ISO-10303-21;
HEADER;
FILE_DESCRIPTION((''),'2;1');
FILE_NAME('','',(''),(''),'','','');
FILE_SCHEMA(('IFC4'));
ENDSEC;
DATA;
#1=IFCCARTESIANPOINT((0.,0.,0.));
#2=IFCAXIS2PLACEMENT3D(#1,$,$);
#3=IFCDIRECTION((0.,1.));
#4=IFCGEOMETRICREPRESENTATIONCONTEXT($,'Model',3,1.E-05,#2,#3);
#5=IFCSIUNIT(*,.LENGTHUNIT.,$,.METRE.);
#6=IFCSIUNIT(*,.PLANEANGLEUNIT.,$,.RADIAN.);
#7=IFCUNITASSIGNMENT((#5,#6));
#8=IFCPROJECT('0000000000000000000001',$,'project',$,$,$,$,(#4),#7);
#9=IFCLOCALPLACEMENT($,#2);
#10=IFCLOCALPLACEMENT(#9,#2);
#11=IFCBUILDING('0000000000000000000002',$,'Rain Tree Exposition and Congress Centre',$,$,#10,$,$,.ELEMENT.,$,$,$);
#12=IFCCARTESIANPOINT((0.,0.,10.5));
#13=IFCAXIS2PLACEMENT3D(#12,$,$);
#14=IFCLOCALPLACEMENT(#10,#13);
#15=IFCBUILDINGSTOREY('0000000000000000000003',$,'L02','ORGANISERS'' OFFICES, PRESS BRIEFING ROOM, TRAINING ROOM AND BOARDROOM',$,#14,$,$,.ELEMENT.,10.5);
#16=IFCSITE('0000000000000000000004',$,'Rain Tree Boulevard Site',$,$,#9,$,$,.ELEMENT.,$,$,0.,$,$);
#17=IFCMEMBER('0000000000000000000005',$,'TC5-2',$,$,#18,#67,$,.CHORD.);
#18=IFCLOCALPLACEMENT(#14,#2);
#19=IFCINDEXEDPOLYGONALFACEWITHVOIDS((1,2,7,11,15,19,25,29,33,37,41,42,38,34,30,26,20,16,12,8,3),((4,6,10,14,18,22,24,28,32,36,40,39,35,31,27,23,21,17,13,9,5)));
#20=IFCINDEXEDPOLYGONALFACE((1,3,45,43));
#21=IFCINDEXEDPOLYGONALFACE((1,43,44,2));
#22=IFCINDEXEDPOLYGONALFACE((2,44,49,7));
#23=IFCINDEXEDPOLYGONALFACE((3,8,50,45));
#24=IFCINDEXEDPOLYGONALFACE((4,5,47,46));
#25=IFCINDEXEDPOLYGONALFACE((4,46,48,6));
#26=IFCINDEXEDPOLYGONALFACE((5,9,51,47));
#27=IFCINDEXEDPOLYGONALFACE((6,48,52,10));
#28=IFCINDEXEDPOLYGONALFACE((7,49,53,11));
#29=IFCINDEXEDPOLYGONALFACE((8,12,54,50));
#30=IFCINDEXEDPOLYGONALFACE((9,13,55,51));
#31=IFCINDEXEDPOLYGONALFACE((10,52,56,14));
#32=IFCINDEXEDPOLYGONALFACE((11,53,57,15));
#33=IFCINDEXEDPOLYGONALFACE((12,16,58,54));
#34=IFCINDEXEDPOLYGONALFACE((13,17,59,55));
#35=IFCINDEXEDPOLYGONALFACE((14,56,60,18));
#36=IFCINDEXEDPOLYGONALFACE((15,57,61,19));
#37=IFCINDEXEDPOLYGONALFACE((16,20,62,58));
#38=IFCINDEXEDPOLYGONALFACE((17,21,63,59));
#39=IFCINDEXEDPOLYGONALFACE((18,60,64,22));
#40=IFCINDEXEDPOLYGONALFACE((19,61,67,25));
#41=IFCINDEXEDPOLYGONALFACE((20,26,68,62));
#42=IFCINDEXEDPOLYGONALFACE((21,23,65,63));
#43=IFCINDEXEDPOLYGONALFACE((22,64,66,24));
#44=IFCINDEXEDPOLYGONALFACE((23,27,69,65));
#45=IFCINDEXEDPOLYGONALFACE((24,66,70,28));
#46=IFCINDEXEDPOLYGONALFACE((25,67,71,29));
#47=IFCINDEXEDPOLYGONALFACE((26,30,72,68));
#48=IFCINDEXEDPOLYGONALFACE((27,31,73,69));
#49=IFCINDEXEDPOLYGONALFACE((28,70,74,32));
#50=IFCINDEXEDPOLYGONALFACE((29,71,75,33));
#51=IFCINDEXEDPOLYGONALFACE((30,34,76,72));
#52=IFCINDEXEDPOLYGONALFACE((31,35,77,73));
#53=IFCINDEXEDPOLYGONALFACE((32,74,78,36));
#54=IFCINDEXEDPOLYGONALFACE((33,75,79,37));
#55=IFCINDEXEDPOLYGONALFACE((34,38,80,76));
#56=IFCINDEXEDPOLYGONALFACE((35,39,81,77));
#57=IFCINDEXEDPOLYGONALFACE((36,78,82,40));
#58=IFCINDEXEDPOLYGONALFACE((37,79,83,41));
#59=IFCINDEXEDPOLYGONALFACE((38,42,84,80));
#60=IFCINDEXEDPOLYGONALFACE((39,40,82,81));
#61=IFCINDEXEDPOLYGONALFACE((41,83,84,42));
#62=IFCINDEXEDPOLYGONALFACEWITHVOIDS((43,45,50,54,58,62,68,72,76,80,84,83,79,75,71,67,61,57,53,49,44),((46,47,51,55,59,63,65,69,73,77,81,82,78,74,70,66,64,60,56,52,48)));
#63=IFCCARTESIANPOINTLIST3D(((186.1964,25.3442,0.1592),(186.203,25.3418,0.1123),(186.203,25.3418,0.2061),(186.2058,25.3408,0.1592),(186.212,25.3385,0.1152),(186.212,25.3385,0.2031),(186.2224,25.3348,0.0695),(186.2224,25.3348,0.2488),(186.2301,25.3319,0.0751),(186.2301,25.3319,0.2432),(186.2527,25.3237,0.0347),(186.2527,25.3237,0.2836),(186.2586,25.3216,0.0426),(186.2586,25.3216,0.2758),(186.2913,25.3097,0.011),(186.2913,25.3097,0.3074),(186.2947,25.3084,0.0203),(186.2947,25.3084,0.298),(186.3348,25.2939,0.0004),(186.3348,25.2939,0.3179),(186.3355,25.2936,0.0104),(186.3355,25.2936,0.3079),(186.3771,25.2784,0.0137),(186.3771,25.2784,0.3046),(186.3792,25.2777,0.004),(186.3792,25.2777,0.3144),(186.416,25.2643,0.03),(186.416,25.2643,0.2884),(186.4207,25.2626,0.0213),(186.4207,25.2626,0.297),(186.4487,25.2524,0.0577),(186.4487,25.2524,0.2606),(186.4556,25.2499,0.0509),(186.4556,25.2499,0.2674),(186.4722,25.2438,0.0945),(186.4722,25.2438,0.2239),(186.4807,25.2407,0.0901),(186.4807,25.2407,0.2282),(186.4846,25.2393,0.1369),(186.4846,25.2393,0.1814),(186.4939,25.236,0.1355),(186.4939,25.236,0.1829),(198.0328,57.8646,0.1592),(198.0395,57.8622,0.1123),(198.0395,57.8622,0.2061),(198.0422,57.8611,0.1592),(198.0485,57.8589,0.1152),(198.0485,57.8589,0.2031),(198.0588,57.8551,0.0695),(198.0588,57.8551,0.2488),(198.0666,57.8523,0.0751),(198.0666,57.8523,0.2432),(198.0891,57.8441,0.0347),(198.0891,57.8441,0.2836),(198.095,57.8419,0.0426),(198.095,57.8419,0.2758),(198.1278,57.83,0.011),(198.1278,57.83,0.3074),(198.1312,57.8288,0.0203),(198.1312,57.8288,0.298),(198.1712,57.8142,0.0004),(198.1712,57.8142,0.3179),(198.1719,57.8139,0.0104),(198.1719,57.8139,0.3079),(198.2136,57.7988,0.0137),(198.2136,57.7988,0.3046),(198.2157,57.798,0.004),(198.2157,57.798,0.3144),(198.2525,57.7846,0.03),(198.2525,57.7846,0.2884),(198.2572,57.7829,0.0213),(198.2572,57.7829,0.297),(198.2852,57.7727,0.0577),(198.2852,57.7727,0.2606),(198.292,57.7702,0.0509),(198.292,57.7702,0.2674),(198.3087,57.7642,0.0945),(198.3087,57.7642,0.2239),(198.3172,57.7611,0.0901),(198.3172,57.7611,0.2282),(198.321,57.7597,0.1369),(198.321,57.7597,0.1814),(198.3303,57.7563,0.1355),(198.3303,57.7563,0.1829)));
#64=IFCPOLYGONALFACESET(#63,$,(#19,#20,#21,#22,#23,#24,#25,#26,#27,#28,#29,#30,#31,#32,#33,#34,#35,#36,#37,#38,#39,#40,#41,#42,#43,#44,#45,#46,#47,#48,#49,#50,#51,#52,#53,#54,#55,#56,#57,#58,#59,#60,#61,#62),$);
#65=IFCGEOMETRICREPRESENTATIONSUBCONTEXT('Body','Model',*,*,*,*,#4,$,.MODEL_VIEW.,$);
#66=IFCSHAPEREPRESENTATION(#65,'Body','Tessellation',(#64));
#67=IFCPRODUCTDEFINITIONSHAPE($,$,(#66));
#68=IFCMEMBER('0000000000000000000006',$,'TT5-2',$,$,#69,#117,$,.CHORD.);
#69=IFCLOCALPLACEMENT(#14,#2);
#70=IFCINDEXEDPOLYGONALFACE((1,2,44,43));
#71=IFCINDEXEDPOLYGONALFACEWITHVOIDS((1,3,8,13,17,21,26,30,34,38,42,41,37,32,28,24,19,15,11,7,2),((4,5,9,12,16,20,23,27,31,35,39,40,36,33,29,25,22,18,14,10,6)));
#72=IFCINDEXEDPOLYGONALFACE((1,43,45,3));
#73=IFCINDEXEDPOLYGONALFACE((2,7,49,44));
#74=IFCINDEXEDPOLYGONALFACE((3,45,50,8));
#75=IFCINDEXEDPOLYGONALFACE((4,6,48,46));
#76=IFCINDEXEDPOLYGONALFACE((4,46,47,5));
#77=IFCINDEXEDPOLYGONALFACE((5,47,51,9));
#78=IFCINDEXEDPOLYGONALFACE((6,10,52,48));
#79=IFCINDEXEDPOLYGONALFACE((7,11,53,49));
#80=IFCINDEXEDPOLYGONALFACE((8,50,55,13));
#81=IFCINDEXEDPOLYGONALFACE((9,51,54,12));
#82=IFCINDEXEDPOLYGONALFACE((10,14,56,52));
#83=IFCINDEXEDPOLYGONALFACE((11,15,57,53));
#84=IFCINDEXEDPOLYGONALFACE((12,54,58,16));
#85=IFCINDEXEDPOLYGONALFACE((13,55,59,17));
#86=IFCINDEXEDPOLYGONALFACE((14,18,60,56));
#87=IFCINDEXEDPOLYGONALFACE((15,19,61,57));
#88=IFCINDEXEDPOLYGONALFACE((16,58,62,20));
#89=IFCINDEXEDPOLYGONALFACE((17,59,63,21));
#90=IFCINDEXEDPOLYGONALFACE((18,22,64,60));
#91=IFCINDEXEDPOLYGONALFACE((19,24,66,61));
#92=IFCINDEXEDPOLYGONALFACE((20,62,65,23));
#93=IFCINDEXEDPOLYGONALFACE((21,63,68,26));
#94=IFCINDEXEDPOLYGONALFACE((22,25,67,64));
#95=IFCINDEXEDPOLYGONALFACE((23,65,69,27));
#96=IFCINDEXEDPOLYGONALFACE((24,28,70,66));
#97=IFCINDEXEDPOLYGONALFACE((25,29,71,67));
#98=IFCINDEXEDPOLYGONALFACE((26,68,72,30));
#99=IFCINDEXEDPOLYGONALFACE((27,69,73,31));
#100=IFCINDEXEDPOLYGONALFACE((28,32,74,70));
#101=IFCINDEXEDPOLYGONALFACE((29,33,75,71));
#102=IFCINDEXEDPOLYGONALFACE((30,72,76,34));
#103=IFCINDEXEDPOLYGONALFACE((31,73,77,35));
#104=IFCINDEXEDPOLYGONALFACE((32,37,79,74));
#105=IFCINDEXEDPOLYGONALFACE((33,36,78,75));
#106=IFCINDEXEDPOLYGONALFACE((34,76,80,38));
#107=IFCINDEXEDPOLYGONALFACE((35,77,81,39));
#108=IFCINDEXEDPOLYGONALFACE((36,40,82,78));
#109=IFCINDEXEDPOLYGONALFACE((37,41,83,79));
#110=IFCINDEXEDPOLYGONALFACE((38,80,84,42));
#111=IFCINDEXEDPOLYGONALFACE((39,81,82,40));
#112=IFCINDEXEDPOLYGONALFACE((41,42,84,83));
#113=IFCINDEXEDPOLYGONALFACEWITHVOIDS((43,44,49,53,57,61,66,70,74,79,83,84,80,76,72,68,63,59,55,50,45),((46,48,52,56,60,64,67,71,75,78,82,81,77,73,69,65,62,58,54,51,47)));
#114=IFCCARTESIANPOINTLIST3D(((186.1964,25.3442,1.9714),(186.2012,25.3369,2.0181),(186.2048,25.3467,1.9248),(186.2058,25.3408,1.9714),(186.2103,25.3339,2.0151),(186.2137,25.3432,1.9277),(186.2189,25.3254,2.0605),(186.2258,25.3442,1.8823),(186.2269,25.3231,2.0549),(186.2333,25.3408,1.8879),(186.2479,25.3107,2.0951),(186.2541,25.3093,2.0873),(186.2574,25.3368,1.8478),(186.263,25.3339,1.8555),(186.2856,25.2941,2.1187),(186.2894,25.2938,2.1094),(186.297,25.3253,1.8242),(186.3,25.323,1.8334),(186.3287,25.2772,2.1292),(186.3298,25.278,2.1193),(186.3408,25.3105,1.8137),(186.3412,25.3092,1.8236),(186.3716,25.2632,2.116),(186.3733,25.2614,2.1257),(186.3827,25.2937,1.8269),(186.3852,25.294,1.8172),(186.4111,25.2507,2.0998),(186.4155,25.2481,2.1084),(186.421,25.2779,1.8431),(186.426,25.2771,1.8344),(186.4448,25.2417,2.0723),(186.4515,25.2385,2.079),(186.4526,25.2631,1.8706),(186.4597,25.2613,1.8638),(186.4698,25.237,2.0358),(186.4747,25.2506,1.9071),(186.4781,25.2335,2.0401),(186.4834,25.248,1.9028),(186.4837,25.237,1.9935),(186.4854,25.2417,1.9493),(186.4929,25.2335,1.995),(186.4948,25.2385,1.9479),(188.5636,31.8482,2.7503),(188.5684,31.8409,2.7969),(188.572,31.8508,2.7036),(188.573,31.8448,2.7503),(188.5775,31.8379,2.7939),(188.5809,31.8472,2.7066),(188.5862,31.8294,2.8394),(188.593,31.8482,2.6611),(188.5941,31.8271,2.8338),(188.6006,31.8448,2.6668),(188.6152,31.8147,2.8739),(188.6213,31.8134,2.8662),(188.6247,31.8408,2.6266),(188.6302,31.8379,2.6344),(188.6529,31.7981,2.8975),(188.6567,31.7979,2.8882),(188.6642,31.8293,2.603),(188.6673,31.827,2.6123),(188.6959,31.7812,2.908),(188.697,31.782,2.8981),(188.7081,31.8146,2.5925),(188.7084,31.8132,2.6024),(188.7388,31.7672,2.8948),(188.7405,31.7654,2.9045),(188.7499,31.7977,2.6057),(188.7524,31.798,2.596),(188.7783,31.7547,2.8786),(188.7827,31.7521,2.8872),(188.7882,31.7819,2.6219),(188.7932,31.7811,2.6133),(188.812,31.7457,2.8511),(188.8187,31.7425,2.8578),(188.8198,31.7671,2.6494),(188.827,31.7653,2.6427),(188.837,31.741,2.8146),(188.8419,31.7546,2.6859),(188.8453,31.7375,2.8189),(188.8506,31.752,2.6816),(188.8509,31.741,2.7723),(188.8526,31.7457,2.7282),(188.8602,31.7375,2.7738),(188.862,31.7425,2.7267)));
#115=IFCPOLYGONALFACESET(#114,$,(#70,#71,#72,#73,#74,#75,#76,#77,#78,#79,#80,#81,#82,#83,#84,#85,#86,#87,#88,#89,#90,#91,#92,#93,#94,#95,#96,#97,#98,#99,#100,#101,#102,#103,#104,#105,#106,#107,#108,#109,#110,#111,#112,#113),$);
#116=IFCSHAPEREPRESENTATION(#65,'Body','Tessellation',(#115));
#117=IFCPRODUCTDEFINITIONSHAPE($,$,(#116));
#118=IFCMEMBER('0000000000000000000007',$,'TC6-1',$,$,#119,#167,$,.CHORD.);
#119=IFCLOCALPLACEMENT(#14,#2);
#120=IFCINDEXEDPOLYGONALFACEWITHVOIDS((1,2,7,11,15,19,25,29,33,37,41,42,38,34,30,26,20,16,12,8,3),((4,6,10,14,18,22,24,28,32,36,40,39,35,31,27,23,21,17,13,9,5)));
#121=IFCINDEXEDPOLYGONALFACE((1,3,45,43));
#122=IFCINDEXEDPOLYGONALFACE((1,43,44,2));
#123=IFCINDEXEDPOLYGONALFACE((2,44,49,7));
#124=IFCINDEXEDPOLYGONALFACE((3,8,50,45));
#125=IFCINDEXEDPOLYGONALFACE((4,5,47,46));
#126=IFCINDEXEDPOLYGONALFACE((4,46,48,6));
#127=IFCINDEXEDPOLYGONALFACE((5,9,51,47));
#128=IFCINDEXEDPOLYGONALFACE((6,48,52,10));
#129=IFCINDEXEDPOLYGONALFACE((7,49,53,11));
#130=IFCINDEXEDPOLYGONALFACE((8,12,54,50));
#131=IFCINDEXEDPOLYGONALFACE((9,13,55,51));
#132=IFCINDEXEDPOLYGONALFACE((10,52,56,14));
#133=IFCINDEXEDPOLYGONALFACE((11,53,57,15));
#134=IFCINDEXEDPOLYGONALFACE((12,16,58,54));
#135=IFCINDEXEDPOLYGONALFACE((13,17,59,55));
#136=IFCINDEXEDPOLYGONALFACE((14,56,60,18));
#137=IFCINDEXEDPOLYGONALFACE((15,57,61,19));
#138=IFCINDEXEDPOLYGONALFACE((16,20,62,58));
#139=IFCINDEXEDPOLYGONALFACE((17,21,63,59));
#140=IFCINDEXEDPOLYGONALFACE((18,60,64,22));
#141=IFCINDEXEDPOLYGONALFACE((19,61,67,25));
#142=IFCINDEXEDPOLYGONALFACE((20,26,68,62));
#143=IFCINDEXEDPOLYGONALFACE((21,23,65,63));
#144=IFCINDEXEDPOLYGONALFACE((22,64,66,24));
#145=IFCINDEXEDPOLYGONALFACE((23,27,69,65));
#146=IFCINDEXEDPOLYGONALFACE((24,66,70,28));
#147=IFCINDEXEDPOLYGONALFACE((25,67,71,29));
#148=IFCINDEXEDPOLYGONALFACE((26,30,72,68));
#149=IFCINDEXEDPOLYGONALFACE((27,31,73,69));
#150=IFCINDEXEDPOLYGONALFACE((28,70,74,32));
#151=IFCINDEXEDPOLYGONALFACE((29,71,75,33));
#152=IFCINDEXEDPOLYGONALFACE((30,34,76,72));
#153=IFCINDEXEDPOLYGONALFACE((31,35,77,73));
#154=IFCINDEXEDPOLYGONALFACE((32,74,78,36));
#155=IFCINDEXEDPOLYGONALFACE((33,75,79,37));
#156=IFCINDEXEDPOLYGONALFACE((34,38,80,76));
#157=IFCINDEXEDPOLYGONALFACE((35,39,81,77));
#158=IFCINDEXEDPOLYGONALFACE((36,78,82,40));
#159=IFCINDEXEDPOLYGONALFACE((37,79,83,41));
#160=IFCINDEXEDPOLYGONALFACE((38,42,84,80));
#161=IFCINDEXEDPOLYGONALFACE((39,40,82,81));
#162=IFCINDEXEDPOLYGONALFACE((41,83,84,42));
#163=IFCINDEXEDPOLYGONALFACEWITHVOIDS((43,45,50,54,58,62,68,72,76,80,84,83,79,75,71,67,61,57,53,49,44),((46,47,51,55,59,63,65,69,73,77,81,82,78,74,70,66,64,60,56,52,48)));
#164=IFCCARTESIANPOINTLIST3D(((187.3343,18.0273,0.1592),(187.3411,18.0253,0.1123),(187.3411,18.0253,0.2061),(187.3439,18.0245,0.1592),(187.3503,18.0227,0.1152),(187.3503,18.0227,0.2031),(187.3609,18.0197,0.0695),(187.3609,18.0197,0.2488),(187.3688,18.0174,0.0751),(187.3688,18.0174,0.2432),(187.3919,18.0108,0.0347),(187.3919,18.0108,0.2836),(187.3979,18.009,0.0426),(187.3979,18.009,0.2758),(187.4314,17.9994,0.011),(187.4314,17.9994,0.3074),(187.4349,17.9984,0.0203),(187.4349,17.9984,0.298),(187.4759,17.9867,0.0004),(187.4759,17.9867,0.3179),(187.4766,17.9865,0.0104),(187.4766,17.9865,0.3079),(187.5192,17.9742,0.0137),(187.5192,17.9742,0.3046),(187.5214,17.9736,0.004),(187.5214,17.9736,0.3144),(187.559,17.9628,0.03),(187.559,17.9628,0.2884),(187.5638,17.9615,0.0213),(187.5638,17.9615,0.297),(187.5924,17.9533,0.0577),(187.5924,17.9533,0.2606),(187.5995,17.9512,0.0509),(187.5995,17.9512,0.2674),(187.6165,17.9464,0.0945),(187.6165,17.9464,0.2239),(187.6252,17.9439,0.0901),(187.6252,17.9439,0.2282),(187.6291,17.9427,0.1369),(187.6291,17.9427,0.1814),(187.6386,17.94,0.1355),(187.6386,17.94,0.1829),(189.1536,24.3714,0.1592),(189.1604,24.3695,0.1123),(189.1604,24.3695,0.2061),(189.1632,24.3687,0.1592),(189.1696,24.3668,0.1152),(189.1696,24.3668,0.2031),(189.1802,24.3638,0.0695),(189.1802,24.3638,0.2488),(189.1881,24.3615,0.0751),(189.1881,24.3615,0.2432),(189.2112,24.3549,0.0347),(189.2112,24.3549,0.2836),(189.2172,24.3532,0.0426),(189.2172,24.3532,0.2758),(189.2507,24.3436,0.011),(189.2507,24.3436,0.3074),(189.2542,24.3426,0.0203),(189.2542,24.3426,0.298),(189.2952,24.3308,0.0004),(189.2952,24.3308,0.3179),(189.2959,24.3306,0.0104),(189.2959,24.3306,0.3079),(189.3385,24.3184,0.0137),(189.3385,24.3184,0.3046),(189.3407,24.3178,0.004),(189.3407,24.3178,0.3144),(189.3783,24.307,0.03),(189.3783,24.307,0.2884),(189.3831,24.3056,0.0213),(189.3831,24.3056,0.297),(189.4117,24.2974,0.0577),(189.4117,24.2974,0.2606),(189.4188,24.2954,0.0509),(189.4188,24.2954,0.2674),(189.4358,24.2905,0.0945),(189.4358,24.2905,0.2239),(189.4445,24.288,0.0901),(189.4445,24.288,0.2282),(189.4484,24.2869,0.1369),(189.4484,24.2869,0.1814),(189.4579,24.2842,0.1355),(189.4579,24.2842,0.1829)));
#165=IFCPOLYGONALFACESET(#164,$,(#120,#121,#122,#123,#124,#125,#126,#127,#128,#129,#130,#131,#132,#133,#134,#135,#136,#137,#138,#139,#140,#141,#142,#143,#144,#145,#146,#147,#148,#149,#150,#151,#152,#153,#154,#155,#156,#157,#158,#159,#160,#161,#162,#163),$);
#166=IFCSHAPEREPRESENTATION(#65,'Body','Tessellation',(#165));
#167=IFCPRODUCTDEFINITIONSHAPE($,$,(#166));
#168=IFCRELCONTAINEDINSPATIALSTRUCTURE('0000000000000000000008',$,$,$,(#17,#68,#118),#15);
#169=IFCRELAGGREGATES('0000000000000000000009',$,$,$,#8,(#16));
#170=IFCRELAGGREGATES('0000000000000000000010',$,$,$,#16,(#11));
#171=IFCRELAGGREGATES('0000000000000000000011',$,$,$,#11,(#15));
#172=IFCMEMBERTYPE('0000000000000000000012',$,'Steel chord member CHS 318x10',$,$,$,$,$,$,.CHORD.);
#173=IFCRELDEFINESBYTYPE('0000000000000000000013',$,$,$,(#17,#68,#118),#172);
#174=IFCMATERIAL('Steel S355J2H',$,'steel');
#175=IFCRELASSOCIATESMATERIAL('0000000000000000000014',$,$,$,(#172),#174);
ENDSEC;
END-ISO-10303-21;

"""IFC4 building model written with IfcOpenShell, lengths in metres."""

from ifc_helpers import new_model, si_unit, direction, frame, origin, origin_2d, place, context, subcontext, project, spatial, hollow_circle, extrude, material, material_profile, profile_set, type_object, element, save


model = new_model("IFC4")

# Units and contexts
model_context = context("Model", 3, precision=1e-05, world=origin(), true_north=direction((0.0, 1.0)))
body_context = subcontext(model_context, "Body", "Model", "MODEL_VIEW")
ifc_project = project(units=[si_unit("LENGTHUNIT", "METRE"), si_unit("PLANEANGLEUNIT", "RADIAN")], contexts=[model_context])

# Site, building, storey
site_placement = place(None, origin())
site = spatial("IfcSite", under=ifc_project, at=site_placement, Name="Rain Tree Boulevard Site", CompositionType="ELEMENT", RefElevation=0.0)
building_placement = place(site_placement, origin())
building = spatial("IfcBuilding", under=site, at=building_placement, Name="Rain Tree Exposition and Congress Centre", CompositionType="ELEMENT")
storey_placement = place(building_placement, frame((0.0, 0.0, 10.5)))
storey = spatial("IfcBuildingStorey", under=building, at=storey_placement, Name="L02", Description="ORGANISERS' OFFICES, PRESS BRIEFING ROOM, TRAINING ROOM AND BOARDROOM", CompositionType="ELEMENT", Elevation=10.5)

# Members
ifc_material_1 = material(Name="Steel S355J2H", Category="steel")
ifc_material_profile_1 = material_profile(ifc_material_1, hollow_circle(Radius=0.1592, WallThickness=0.01, at=origin_2d()), Name="CHS 318x10")
ifc_profile_set_1 = profile_set([ifc_material_profile_1], Name="Steel S355J2H")
member_type_1 = type_object("IfcMemberType", Name="Steel chord member CHS 318x10", PredefinedType="CHORD", material=ifc_profile_set_1)
member_1_placement = place(storey_placement, frame((186.3459, 25.2898, 0.1592), z_axis=(0.342021, 0.939692, 0.0), x_axis=(-0.939692, 0.342021, 0.0)))
element("IfcMember", 1, at=member_1_placement, inside=storey, type_object=member_type_1, Name="TC5-2", PredefinedType="CHORD", context=body_context, shape_type="SweptSolid", body=[
    extrude(hollow_circle(Radius=0.1592, WallThickness=0.01, at=origin_2d()), origin(), (0.0, 0.0, 1.0), 34.6074),
])
member_2_placement = place(storey_placement, frame((186.3459, 25.2898, 1.9714), z_axis=(0.33987, 0.933801, 0.111818), x_axis=(-0.939695, 0.342015, 0.0)))
element("IfcMember", 2, at=member_2_placement, inside=storey, type_object=member_type_1, Name="TT5-2", PredefinedType="CHORD", context=body_context, shape_type="SweptSolid", body=[
    extrude(hollow_circle(Radius=0.1592, WallThickness=0.01, at=origin_2d()), origin(), (0.0, 0.0, 1.0), 6.9651),
])
member_3_placement = place(storey_placement, frame((187.4873, 17.9834, 0.1592), z_axis=(0.275659, 0.961255, 0.0), x_axis=(-0.961255, 0.275659, 0.0)))
element("IfcMember", 3, at=member_3_placement, inside=storey, type_object=member_type_1, Name="TC6-1", PredefinedType="CHORD", context=body_context, shape_type="SweptSolid", body=[
    extrude(hollow_circle(Radius=0.1592, WallThickness=0.01, at=origin_2d()), origin(), (0.0, 0.0, 1.0), 6.5999),
])

save(model, "model.ifc")
